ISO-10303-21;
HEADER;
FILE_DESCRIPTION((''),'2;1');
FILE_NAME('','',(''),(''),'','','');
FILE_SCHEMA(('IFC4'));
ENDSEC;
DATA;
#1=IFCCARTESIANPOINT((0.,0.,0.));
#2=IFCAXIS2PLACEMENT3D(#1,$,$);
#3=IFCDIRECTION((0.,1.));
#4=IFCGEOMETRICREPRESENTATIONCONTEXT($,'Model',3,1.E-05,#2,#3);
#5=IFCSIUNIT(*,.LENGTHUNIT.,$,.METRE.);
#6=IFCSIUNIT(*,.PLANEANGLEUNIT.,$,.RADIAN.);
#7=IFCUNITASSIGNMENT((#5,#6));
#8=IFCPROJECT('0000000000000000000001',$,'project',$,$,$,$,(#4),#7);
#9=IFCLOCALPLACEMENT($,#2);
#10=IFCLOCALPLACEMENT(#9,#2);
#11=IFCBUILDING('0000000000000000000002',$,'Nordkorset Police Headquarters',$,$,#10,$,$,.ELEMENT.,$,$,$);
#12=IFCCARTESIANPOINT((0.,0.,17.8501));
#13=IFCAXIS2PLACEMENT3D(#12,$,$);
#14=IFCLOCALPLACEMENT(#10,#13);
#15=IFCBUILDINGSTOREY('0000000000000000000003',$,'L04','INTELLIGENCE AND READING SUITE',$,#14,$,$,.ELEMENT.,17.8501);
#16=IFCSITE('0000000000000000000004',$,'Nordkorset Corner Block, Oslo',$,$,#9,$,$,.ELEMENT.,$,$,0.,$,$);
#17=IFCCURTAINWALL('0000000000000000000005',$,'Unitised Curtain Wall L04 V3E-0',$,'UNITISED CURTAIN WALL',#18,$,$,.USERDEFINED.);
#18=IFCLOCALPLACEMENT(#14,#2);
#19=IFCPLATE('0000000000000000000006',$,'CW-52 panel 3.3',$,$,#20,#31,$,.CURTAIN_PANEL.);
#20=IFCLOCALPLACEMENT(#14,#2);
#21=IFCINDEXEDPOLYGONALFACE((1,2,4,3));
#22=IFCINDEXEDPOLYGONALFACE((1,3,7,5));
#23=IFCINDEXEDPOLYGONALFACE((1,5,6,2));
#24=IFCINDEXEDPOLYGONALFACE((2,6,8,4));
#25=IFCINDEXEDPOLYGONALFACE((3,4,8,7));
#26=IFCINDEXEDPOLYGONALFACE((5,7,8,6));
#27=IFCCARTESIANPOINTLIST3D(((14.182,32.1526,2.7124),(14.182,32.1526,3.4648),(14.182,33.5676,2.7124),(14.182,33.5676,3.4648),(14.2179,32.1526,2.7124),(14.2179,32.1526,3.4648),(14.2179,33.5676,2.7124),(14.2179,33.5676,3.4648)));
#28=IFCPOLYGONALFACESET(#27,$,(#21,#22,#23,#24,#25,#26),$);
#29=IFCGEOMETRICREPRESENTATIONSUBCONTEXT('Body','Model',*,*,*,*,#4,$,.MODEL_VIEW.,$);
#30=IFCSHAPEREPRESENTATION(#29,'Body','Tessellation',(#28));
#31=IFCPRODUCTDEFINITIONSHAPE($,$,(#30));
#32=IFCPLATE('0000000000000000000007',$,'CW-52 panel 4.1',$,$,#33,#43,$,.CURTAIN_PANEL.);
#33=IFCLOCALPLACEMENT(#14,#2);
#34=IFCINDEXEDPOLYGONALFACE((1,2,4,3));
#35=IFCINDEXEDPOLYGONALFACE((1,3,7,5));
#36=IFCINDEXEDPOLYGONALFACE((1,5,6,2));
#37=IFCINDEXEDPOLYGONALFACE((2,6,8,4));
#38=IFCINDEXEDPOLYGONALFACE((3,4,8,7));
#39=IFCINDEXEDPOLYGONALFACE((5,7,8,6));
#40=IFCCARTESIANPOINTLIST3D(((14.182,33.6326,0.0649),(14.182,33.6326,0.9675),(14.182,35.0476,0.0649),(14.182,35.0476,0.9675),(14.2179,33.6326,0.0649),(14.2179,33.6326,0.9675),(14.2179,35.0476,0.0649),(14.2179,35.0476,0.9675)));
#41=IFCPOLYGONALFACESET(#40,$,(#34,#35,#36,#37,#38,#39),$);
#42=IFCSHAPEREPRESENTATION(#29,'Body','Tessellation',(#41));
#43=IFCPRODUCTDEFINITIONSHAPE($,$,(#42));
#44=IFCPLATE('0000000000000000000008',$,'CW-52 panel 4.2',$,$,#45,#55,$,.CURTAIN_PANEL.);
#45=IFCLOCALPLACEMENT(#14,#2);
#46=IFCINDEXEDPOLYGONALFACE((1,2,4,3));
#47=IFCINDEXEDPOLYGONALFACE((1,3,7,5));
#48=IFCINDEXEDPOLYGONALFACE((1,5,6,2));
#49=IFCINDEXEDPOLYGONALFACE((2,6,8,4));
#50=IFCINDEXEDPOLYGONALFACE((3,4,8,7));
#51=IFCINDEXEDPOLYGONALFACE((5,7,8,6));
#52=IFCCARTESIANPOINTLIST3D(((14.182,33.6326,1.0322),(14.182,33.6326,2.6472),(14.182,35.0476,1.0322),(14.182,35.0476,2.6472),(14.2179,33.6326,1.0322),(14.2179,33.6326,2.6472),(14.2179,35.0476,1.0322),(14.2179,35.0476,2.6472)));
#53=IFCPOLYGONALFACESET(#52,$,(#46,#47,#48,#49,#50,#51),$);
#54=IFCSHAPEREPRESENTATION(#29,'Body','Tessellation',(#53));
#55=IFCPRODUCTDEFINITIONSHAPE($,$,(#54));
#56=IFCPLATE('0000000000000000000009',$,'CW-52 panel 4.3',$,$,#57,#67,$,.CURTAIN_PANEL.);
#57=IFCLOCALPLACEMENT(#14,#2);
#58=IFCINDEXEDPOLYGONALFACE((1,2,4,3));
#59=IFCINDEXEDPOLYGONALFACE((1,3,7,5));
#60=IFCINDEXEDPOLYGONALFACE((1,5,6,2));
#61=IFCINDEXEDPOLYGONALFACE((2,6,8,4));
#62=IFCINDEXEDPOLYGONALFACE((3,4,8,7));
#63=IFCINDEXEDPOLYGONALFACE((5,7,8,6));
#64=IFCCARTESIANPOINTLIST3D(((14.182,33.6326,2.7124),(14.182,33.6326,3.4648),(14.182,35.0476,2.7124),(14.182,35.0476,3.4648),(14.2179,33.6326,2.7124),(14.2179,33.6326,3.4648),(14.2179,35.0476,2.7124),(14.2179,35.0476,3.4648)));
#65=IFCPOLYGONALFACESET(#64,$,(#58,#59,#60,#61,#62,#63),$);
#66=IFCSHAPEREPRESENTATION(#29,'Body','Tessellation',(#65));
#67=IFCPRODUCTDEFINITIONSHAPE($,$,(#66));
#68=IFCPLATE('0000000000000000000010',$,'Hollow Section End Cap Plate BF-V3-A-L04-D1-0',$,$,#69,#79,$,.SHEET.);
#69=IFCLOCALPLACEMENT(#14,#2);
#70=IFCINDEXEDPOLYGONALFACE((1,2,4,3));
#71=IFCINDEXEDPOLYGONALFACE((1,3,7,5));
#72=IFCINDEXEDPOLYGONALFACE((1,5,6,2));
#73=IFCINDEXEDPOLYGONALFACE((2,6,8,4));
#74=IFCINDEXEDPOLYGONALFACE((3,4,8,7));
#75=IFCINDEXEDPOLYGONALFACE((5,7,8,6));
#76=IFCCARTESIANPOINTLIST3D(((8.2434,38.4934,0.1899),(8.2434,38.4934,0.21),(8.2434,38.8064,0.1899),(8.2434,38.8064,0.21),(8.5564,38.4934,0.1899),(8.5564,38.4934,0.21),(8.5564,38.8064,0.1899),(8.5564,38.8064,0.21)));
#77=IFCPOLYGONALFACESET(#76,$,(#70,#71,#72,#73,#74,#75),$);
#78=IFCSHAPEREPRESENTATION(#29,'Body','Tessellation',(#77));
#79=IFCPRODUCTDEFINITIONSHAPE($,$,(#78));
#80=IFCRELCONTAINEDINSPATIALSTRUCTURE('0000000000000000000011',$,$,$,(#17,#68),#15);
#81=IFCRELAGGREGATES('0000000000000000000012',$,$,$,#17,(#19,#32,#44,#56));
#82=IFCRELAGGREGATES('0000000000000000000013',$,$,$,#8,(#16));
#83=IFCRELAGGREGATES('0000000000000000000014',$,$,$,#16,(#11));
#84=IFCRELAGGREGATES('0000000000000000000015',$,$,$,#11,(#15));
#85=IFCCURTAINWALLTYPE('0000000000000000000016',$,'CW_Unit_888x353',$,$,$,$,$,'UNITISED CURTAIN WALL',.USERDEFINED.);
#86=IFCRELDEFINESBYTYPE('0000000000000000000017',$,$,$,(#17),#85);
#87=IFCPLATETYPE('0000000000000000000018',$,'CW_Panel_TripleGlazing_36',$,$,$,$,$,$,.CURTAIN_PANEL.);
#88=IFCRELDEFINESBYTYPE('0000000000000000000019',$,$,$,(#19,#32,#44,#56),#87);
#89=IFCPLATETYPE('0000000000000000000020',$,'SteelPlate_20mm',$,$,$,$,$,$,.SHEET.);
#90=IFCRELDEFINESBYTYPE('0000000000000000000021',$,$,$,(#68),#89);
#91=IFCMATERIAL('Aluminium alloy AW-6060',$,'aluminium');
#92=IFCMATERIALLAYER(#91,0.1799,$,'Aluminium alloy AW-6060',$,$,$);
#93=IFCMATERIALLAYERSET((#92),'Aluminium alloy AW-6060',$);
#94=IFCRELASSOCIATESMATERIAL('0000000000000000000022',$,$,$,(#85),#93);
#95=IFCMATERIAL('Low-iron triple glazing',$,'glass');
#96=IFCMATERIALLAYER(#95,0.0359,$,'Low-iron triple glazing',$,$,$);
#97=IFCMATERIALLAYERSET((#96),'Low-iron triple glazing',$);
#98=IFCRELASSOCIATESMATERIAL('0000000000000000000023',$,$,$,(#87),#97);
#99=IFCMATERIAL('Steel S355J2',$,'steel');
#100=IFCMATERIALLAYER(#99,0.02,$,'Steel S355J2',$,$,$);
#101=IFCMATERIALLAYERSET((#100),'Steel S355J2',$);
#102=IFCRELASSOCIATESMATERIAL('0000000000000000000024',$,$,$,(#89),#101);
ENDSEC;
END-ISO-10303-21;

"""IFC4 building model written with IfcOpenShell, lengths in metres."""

from ifc_helpers import new_model, si_unit, direction, frame, origin, origin_2d, place, context, subcontext, project, spatial, rectangle, extrude, material, layer, layer_set, type_object, element, aggregate, save


model = new_model("IFC4")

# Units and contexts
model_context = context("Model", 3, precision=1e-05, world=origin(), true_north=direction((0.0, 1.0)))
body_context = subcontext(model_context, "Body", "Model", "MODEL_VIEW")
ifc_project = project(units=[si_unit("LENGTHUNIT", "METRE"), si_unit("PLANEANGLEUNIT", "RADIAN")], contexts=[model_context])

# Site, building, storey
site_placement = place(None, origin())
site = spatial("IfcSite", under=ifc_project, at=site_placement, Name="Nordkorset Corner Block, Oslo", CompositionType="ELEMENT", RefElevation=0.0)
building_placement = place(site_placement, origin())
building = spatial("IfcBuilding", under=site, at=building_placement, Name="Nordkorset Police Headquarters", CompositionType="ELEMENT")
storey_placement = place(building_placement, frame((0.0, 0.0, 17.8501)))
storey = spatial("IfcBuildingStorey", under=building, at=storey_placement, Name="L04", Description="INTELLIGENCE AND READING SUITE", CompositionType="ELEMENT", Elevation=17.8501)

# Curtain wall
ifc_material_1 = material(Name="Aluminium alloy AW-6060", Category="aluminium")
ifc_layer_1 = layer(ifc_material_1, 0.1799, Name="Aluminium alloy AW-6060")
ifc_layer_set_1 = layer_set([ifc_layer_1], Name="Aluminium alloy AW-6060")
curtain_wall_type = type_object("IfcCurtainWallType", Name="CW_Unit_888x353", ElementType="UNITISED CURTAIN WALL", PredefinedType="USERDEFINED", material=ifc_layer_set_1)
curtain_wall_placement = place(storey_placement, origin())
curtain_wall = element("IfcCurtainWall", 1, at=curtain_wall_placement, inside=storey, type_object=curtain_wall_type, Name="Unitised Curtain Wall L04 V3E-0", ObjectType="UNITISED CURTAIN WALL", PredefinedType="USERDEFINED")

# Plates
ifc_material_2 = material(Name="Low-iron triple glazing", Category="glass")
ifc_layer_2 = layer(ifc_material_2, 0.0359, Name="Low-iron triple glazing")
ifc_layer_set_2 = layer_set([ifc_layer_2], Name="Low-iron triple glazing")
plate_type_1 = type_object("IfcPlateType", Name="CW_Panel_TripleGlazing_36", PredefinedType="CURTAIN_PANEL", material=ifc_layer_set_2)
plate_1_placement = place(storey_placement, frame((14.2, 32.8601, 2.7124), z_axis=(0.0, 0.0, 1.0), x_axis=(0.0, 1.0, 0.0)))
plate_1 = element("IfcPlate", 2, at=plate_1_placement, type_object=plate_type_1, Name="CW-52 panel 3.3", PredefinedType="CURTAIN_PANEL", context=body_context, shape_type="SweptSolid", body=[
    extrude(rectangle(XDim=1.415, YDim=0.0359, at=origin_2d()), origin(), (0.0, 0.0, 1.0), 0.7524),
])
plate_2_placement = place(storey_placement, frame((14.2, 34.3401, 0.0649), z_axis=(0.0, 0.0, 1.0), x_axis=(0.0, 1.0, 0.0)))
plate_2 = element("IfcPlate", 3, at=plate_2_placement, type_object=plate_type_1, Name="CW-52 panel 4.1", PredefinedType="CURTAIN_PANEL", context=body_context, shape_type="SweptSolid", body=[
    extrude(rectangle(XDim=1.415, YDim=0.0359, at=origin_2d()), origin(), (0.0, 0.0, 1.0), 0.9026),
])
plate_3_placement = place(storey_placement, frame((14.2, 34.3401, 1.0322), z_axis=(0.0, 0.0, 1.0), x_axis=(0.0, 1.0, 0.0)))
plate_3 = element("IfcPlate", 4, at=plate_3_placement, type_object=plate_type_1, Name="CW-52 panel 4.2", PredefinedType="CURTAIN_PANEL", context=body_context, shape_type="SweptSolid", body=[
    extrude(rectangle(XDim=1.415, YDim=0.0359, at=origin_2d()), origin(), (0.0, 0.0, 1.0), 1.615),
])
plate_4_placement = place(storey_placement, frame((14.2, 34.3401, 2.7124), z_axis=(0.0, 0.0, 1.0), x_axis=(0.0, 1.0, 0.0)))
plate_4 = element("IfcPlate", 5, at=plate_4_placement, type_object=plate_type_1, Name="CW-52 panel 4.3", PredefinedType="CURTAIN_PANEL", context=body_context, shape_type="SweptSolid", body=[
    extrude(rectangle(XDim=1.415, YDim=0.0359, at=origin_2d()), origin(), (0.0, 0.0, 1.0), 0.7524),
])
aggregate(curtain_wall, [plate_1, plate_2, plate_3, plate_4])
ifc_material_3 = material(Name="Steel S355J2", Category="steel")
ifc_layer_3 = layer(ifc_material_3, 0.02, Name="Steel S355J2")
ifc_layer_set_3 = layer_set([ifc_layer_3], Name="Steel S355J2")
plate_type_2 = type_object("IfcPlateType", Name="SteelPlate_20mm", PredefinedType="SHEET", material=ifc_layer_set_3)
plate_5_placement = place(storey_placement, frame((8.3999, 38.6499, 0.1899), z_axis=(0.0, 0.0, 1.0), x_axis=(1.0, 0.0, 0.0)))
element("IfcPlate", 6, at=plate_5_placement, inside=storey, type_object=plate_type_2, Name="Hollow Section End Cap Plate BF-V3-A-L04-D1-0", PredefinedType="SHEET", context=body_context, shape_type="SweptSolid", body=[
    extrude(rectangle(XDim=0.313, YDim=0.313, at=origin_2d()), origin(), (0.0, 0.0, 1.0), 0.02),
])

save(model, "model.ifc")
